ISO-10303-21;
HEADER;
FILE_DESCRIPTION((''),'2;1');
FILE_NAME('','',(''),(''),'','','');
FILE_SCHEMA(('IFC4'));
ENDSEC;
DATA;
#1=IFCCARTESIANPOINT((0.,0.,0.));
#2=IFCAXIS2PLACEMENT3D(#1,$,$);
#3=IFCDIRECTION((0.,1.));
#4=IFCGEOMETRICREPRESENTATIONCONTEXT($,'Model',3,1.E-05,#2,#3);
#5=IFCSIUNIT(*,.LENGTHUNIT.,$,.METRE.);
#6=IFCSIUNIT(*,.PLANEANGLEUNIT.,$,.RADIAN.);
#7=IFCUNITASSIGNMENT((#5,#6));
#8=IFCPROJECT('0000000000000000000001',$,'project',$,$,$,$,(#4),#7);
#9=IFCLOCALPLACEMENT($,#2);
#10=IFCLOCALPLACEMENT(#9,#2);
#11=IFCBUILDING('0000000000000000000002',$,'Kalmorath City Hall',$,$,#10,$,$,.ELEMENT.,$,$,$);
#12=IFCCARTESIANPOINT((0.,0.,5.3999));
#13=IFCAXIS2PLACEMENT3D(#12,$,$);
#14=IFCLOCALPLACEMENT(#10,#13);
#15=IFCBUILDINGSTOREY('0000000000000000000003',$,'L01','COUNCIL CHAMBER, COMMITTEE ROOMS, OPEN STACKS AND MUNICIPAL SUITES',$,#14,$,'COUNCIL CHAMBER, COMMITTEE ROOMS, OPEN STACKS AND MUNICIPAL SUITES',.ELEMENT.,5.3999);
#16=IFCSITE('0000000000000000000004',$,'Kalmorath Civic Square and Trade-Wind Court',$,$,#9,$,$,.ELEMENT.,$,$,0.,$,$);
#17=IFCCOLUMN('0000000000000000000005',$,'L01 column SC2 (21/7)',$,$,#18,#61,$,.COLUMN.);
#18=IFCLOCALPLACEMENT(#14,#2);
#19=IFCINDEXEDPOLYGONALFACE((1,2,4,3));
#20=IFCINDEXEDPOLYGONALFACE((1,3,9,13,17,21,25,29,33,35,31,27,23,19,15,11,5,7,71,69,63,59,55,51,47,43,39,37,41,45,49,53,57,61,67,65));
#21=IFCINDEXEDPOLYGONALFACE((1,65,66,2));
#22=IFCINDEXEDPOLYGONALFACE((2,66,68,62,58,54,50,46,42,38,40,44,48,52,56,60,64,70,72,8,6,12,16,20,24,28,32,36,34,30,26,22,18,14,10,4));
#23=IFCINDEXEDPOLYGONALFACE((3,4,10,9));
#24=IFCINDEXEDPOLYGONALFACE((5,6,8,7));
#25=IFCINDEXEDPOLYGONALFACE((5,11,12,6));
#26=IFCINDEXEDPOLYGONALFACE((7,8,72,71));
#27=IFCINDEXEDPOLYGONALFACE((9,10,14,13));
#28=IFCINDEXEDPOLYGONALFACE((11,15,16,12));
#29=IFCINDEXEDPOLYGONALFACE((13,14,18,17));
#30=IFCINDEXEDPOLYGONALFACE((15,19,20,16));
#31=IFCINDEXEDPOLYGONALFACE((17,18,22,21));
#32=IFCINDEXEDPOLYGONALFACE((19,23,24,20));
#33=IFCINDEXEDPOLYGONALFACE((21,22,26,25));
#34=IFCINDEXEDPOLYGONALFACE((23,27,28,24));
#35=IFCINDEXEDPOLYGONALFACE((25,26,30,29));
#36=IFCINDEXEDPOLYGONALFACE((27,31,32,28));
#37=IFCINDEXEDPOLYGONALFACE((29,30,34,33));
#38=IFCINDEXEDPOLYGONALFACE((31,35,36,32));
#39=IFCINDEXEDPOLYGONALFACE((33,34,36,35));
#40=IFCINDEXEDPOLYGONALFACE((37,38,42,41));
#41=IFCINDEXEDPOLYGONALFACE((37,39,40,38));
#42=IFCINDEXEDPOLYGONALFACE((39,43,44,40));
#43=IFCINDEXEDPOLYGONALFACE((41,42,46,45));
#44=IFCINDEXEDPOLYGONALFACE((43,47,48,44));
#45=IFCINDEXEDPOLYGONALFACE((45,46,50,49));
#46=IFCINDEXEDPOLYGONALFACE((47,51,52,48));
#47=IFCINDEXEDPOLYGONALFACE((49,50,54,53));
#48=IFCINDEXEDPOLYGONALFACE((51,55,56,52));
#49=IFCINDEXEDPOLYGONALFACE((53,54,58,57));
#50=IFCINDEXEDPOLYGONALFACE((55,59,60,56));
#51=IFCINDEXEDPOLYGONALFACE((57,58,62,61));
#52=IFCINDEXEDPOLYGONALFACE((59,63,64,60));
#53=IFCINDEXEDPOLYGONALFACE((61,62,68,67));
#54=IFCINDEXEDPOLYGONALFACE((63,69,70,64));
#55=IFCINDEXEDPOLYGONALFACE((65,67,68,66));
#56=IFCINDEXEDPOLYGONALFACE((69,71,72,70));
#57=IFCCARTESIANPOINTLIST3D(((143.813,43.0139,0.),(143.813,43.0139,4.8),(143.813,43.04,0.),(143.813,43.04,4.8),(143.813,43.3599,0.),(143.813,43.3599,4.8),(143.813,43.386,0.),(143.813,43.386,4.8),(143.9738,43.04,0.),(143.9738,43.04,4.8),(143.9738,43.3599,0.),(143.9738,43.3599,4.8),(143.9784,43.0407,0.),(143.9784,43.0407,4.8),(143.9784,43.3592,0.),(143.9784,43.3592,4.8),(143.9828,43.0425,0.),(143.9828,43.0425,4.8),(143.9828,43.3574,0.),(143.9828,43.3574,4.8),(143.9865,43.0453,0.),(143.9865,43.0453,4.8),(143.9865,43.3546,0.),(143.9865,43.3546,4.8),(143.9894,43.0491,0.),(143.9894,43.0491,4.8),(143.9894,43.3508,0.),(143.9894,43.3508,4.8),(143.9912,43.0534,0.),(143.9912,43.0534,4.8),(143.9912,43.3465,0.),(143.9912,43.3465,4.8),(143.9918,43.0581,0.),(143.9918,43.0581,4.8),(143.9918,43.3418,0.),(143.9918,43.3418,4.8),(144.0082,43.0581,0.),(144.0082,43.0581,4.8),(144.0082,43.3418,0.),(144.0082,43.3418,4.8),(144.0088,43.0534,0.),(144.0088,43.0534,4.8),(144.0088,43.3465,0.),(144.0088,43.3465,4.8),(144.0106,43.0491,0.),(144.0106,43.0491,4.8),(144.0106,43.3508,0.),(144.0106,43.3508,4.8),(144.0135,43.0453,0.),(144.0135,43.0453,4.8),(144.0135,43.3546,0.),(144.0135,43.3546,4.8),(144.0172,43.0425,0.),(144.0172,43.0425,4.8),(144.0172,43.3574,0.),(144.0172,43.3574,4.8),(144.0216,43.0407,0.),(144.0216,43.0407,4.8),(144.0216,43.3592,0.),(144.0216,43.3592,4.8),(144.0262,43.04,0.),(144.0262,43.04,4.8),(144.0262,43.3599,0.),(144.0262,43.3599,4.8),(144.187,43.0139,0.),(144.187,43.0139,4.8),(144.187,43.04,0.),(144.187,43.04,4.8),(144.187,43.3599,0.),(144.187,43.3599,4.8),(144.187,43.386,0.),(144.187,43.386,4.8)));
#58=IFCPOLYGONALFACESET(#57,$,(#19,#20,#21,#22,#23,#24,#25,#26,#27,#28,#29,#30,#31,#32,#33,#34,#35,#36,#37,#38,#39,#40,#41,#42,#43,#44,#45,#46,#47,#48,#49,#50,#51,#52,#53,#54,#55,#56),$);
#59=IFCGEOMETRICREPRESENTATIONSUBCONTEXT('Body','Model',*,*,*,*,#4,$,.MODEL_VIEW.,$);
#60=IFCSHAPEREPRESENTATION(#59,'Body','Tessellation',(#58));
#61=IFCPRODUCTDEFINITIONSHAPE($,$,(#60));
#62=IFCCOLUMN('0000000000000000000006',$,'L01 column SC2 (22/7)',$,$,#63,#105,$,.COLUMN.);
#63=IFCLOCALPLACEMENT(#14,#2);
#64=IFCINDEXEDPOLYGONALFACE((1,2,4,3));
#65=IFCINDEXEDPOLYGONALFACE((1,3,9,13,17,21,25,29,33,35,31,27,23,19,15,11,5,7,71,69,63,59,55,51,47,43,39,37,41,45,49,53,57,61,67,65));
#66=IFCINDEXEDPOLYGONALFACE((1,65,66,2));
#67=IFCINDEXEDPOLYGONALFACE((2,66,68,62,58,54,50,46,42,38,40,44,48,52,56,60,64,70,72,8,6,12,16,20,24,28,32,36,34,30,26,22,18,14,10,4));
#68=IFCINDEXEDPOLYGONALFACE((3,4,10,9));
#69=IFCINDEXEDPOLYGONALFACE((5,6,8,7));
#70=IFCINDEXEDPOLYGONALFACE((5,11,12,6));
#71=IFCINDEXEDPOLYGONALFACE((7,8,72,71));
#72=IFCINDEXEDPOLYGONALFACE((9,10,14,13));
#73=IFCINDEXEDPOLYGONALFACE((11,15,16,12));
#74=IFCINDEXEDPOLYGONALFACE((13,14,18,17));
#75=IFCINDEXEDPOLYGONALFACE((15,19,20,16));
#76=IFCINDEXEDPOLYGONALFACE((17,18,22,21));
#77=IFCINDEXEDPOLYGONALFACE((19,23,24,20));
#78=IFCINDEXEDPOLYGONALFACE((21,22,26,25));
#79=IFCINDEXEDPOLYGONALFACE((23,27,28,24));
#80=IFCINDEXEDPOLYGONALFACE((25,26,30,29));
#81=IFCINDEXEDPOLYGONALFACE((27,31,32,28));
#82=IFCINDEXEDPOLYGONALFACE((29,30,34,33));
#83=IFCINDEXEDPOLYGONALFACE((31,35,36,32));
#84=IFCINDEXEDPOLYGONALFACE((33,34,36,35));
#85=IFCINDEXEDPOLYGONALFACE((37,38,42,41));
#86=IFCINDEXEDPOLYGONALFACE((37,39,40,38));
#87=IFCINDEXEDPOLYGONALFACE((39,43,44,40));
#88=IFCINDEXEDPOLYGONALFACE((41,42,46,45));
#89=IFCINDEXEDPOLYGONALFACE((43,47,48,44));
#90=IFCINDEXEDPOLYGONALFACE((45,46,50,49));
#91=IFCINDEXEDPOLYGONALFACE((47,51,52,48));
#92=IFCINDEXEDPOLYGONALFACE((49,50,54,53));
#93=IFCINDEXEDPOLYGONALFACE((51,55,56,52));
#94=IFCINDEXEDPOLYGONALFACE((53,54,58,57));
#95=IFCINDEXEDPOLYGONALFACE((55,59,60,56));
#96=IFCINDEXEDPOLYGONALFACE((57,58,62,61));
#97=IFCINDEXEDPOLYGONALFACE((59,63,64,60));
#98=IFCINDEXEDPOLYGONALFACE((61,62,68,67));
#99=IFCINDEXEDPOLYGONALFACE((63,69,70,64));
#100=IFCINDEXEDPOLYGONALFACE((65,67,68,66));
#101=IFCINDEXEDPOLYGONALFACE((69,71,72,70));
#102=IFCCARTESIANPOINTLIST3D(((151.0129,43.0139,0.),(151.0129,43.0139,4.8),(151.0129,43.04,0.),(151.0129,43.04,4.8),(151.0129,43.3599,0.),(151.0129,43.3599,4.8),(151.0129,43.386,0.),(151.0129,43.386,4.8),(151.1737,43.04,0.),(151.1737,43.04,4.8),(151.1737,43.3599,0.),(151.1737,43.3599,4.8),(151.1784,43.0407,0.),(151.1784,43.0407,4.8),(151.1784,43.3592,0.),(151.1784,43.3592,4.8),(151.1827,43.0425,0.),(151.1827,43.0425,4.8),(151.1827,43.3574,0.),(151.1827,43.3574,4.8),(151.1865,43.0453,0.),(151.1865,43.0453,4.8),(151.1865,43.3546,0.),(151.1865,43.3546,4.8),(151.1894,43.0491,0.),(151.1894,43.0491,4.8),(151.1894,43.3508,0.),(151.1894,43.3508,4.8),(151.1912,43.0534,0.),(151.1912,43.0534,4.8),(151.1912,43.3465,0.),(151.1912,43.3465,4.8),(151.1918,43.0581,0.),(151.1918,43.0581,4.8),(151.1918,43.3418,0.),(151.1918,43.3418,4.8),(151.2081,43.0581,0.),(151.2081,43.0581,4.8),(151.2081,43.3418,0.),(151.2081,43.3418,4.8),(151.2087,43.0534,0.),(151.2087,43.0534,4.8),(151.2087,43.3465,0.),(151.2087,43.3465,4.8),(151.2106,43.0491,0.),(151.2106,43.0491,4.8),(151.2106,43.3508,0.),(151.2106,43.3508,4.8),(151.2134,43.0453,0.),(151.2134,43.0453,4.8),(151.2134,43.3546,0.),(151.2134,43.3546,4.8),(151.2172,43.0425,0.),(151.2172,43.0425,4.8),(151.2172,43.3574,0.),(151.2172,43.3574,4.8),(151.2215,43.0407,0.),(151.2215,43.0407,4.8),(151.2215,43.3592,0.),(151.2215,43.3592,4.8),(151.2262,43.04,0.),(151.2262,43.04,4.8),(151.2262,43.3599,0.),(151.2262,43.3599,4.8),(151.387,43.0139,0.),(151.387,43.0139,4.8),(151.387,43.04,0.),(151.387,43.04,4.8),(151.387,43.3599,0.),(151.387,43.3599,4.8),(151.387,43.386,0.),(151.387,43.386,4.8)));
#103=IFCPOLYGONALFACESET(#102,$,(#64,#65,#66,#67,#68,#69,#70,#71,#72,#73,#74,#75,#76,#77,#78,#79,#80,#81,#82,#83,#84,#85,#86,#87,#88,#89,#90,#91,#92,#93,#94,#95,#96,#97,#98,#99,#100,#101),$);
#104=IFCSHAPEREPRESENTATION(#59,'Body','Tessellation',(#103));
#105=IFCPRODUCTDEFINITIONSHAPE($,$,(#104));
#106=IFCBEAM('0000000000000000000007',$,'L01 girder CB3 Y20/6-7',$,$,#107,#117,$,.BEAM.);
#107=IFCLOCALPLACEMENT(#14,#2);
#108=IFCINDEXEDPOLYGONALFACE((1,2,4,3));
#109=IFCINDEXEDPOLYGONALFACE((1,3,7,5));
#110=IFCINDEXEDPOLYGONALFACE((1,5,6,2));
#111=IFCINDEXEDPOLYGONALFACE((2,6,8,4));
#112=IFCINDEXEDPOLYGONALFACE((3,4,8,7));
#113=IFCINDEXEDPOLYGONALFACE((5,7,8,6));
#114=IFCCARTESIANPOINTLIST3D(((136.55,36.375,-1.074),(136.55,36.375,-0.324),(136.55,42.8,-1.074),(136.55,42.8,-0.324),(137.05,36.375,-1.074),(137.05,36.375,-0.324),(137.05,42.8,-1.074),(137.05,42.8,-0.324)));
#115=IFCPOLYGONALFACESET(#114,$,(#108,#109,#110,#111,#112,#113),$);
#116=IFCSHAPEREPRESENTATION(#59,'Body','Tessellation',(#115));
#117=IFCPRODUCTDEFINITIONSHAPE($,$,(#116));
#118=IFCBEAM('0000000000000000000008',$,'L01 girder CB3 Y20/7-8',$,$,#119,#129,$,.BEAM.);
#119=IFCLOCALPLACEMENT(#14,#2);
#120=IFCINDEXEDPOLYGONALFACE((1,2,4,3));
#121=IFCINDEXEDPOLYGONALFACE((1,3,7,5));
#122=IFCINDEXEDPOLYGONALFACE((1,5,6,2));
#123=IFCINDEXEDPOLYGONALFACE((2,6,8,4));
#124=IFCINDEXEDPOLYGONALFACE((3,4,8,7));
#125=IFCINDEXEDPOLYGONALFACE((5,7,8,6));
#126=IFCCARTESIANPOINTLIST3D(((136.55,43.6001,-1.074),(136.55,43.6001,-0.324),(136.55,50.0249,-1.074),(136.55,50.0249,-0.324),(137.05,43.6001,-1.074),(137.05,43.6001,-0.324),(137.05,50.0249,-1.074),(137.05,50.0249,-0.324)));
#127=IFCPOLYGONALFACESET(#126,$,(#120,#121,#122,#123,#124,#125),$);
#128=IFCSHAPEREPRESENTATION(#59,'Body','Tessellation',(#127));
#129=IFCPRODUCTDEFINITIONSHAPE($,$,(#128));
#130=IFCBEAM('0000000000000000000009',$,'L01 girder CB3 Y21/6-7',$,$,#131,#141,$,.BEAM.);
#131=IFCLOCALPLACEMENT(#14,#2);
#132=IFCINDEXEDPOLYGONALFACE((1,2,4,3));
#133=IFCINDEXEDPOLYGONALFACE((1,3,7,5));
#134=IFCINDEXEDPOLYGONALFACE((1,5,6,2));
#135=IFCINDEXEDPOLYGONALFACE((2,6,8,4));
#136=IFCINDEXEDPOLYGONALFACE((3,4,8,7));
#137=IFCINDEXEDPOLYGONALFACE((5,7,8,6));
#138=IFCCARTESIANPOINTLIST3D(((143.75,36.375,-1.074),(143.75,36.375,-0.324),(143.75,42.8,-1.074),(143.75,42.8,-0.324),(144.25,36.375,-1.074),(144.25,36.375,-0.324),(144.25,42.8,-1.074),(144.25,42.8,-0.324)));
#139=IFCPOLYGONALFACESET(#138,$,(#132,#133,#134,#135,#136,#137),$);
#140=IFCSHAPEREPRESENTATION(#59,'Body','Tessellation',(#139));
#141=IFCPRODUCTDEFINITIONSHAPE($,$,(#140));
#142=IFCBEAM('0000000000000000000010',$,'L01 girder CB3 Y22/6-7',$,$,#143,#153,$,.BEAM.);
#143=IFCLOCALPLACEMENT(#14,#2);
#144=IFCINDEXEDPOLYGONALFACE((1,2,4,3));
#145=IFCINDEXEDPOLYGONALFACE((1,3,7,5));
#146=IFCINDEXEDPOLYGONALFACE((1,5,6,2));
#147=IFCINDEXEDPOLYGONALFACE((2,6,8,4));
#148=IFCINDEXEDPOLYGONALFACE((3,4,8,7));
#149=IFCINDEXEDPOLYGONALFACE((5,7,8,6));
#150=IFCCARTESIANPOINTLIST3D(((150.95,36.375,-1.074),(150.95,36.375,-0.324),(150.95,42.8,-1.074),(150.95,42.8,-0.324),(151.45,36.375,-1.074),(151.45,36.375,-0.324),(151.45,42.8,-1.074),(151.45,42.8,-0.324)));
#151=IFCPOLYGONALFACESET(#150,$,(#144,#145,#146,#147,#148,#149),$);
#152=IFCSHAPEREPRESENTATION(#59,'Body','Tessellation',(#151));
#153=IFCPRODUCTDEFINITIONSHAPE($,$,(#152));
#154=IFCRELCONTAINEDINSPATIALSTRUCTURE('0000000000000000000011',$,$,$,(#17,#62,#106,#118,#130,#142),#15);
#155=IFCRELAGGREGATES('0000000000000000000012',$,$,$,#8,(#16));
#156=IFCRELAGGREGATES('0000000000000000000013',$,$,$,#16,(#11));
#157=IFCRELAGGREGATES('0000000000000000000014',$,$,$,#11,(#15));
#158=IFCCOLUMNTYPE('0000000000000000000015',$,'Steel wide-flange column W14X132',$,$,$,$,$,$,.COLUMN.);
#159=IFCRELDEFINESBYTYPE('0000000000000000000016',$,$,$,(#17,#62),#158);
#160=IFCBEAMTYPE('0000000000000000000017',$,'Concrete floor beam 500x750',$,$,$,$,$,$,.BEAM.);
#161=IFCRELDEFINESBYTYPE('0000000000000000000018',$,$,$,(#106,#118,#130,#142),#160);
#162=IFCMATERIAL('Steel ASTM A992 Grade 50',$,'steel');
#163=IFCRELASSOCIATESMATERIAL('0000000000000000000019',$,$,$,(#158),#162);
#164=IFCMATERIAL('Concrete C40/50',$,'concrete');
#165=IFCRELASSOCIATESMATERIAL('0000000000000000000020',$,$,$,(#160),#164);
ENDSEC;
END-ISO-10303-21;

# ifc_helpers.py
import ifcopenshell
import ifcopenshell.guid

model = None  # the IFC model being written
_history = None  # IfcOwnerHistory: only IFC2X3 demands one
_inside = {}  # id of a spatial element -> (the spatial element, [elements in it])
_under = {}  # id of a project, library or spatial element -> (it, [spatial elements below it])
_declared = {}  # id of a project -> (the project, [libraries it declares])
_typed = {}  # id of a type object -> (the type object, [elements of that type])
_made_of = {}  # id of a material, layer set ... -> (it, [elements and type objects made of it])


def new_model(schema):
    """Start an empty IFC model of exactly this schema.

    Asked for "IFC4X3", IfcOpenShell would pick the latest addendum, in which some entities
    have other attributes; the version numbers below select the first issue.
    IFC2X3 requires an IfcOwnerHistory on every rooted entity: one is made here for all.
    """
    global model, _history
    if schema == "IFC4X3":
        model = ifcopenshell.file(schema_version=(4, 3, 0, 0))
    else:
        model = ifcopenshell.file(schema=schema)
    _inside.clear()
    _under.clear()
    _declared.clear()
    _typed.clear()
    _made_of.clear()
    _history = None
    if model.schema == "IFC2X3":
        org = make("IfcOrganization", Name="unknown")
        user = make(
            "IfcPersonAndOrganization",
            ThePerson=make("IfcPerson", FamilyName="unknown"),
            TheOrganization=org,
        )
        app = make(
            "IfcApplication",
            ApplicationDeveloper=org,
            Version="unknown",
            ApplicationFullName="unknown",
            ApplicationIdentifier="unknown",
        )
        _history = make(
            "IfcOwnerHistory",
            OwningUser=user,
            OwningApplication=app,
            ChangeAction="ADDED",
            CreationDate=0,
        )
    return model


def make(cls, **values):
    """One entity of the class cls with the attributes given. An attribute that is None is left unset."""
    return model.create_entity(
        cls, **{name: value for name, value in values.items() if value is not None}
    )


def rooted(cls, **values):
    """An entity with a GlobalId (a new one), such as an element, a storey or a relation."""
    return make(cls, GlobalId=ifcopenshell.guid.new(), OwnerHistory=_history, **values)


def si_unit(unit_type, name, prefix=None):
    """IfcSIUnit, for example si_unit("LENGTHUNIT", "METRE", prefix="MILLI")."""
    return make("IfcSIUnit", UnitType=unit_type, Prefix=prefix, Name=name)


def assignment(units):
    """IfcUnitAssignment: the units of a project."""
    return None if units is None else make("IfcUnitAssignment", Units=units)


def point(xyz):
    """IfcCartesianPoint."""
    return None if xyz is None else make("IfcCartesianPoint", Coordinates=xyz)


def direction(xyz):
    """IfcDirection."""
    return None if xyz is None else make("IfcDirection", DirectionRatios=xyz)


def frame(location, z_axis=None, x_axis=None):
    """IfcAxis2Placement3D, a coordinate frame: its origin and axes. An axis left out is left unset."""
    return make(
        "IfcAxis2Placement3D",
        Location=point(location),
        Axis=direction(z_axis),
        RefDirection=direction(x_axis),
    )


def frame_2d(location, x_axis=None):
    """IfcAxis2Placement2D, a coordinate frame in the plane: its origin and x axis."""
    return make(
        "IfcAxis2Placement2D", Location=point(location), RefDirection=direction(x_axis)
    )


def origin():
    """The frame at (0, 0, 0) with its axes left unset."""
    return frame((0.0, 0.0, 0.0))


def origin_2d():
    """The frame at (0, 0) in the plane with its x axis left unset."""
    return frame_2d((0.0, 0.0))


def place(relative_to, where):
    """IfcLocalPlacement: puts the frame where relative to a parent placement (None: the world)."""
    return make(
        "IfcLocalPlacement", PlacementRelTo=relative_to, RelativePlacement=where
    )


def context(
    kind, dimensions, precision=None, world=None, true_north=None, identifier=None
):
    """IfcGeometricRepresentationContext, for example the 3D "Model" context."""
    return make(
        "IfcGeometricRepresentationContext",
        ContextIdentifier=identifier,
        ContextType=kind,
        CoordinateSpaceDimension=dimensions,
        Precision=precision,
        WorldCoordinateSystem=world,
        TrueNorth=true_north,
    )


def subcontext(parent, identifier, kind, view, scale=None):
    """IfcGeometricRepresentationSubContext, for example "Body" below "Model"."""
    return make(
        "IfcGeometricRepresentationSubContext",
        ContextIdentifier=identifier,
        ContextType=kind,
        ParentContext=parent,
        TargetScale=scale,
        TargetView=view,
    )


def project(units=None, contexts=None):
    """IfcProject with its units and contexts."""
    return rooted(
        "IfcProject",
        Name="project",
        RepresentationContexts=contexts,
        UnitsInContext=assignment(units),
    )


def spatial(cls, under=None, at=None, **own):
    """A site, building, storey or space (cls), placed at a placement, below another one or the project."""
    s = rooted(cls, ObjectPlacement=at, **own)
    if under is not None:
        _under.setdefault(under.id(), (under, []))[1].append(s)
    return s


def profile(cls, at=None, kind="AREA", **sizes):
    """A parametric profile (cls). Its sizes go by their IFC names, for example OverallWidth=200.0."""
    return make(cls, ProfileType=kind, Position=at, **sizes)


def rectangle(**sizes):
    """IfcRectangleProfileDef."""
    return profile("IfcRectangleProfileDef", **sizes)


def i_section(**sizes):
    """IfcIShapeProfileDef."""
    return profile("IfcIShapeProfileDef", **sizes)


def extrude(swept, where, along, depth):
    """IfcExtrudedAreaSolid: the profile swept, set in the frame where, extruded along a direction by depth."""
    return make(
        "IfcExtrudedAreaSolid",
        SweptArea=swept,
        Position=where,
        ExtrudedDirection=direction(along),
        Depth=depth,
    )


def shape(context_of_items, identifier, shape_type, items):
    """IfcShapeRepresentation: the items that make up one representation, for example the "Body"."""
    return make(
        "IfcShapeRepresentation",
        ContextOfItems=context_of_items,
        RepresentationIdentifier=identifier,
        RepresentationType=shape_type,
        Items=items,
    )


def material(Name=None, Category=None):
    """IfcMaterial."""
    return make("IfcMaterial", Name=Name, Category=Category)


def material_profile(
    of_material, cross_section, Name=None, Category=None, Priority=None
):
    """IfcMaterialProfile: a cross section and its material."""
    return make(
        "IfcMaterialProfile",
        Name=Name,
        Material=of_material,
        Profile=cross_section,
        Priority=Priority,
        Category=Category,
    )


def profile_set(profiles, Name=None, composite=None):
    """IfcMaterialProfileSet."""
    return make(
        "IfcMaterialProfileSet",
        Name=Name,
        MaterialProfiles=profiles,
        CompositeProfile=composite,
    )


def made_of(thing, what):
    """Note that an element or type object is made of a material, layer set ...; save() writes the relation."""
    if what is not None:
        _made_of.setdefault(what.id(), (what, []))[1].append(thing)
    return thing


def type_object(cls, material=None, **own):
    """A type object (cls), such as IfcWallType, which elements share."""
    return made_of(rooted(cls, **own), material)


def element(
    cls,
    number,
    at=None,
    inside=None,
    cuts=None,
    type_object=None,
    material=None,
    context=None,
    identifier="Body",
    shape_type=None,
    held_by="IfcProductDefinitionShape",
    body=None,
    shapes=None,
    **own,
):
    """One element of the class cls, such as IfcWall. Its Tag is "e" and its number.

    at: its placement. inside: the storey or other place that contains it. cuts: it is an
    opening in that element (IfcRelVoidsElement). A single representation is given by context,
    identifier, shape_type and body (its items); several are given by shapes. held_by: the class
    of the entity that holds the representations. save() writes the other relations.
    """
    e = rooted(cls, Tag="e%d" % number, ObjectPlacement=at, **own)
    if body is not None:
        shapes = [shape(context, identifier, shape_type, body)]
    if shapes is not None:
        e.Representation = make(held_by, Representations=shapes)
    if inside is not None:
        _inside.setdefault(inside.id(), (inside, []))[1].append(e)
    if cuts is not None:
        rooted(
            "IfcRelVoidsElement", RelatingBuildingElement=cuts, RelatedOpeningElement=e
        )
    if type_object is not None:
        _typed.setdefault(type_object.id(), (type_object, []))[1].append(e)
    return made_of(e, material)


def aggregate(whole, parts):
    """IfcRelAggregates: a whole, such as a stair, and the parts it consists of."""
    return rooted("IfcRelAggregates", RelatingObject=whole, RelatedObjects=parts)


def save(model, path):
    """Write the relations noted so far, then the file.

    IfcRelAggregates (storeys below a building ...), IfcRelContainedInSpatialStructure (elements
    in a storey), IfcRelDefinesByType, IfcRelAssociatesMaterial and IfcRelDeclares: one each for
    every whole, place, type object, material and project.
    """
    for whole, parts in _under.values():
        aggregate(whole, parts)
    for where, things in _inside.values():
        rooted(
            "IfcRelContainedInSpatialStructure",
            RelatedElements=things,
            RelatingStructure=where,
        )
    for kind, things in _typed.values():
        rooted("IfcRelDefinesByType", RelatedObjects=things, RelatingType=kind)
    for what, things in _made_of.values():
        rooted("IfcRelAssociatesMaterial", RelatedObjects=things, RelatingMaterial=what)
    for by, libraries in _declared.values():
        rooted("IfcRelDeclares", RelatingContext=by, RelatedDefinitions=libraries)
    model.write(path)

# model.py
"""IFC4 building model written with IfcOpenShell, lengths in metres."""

from ifc_helpers import new_model, si_unit, direction, frame, origin, origin_2d, place, context, subcontext, project, spatial, rectangle, i_section, extrude, material, material_profile, profile_set, type_object, element, save


model = new_model("IFC4")

# Units and contexts
model_context = context("Model", 3, precision=1e-05, world=origin(), true_north=direction((0.0, 1.0)))
body_context = subcontext(model_context, "Body", "Model", "MODEL_VIEW")
ifc_project = project(units=[si_unit("LENGTHUNIT", "METRE"), si_unit("PLANEANGLEUNIT", "RADIAN")], contexts=[model_context])

# Site, building, storey
site_placement = place(None, origin())
site = spatial("IfcSite", under=ifc_project, at=site_placement, Name="Kalmorath Civic Square and Trade-Wind Court", CompositionType="ELEMENT", RefElevation=0.0)
building_placement = place(site_placement, origin())
building = spatial("IfcBuilding", under=site, at=building_placement, Name="Kalmorath City Hall", CompositionType="ELEMENT")
storey_placement = place(building_placement, frame((0.0, 0.0, 5.3999)))
storey = spatial("IfcBuildingStorey", under=building, at=storey_placement, Name="L01", Description="COUNCIL CHAMBER, COMMITTEE ROOMS, OPEN STACKS AND MUNICIPAL SUITES", LongName="COUNCIL CHAMBER, COMMITTEE ROOMS, OPEN STACKS AND MUNICIPAL SUITES", CompositionType="ELEMENT", Elevation=5.3999)

# Columns
ifc_material_1 = material(Name="Steel ASTM A992 Grade 50", Category="steel")
ifc_material_profile_1 = material_profile(ifc_material_1, i_section(OverallWidth=0.374, OverallDepth=0.3721, WebThickness=0.0164, FlangeThickness=0.0261, FilletRadius=0.0181, at=origin_2d()), Name="W14X132")
ifc_profile_set_1 = profile_set([ifc_material_profile_1], Name="Steel ASTM A992 Grade 50")
column_type_1 = type_object("IfcColumnType", Name="Steel wide-flange column W14X132", PredefinedType="COLUMN", material=ifc_profile_set_1)
for number, where, z_axis, x_axis, name in (
    (1, (144.0, 43.2, 0.0), (0.0, 0.0, 1.0), (1.0, 0.0, 0.0), "L01 column SC2 (21/7)"),
    (2, (151.2, 43.2, 0.0), (0.0, 0.0, 1.0), (1.0, 0.0, 0.0), "L01 column SC2 (22/7)"),
):
    element("IfcColumn", number, at=place(storey_placement, frame(where, z_axis=z_axis, x_axis=x_axis)), inside=storey, type_object=column_type_1, Name=name, PredefinedType="COLUMN", context=body_context, shape_type="SweptSolid", body=[
        extrude(i_section(OverallWidth=0.374, OverallDepth=0.3721, WebThickness=0.0164, FlangeThickness=0.0261, FilletRadius=0.0181, at=origin_2d()), origin(), (0.0, 0.0, 1.0), 4.8),
    ])

# Beams
ifc_material_2 = material(Name="Concrete C40/50", Category="concrete")
ifc_material_profile_2 = material_profile(ifc_material_2, rectangle(XDim=0.5, YDim=0.75, at=origin_2d()), Name="RC-BM-500X750")
ifc_profile_set_2 = profile_set([ifc_material_profile_2], Name="Concrete C40/50")
beam_type_1 = type_object("IfcBeamType", Name="Concrete floor beam 500x750", PredefinedType="BEAM", material=ifc_profile_set_2)
beam_1_placement = place(storey_placement, frame((136.8, 36.375, -0.699), z_axis=(0.0, 1.0, 0.0), x_axis=(-1.0, 0.0, 0.0)))
element("IfcBeam", 3, at=beam_1_placement, inside=storey, type_object=beam_type_1, Name="L01 girder CB3 Y20/6-7", PredefinedType="BEAM", context=body_context, shape_type="SweptSolid", body=[
    extrude(rectangle(XDim=0.5, YDim=0.75, at=origin_2d()), origin(), (0.0, 0.0, 1.0), 6.425),
])
beam_2_placement = place(storey_placement, frame((136.8, 43.6001, -0.699), z_axis=(0.0, 1.0, 0.0), x_axis=(-1.0, 0.0, 0.0)))
element("IfcBeam", 4, at=beam_2_placement, inside=storey, type_object=beam_type_1, Name="L01 girder CB3 Y20/7-8", PredefinedType="BEAM", context=body_context, shape_type="SweptSolid", body=[
    extrude(rectangle(XDim=0.5, YDim=0.75, at=origin_2d()), origin(), (0.0, 0.0, 1.0), 6.4248),
])
for number, where, z_axis, x_axis, name in (
    (5, (144.0, 36.375, -0.699), (0.0, 1.0, 0.0), (-1.0, 0.0, 0.0), "L01 girder CB3 Y21/6-7"),
    (6, (151.2, 36.375, -0.699), (0.0, 1.0, 0.0), (-1.0, 0.0, 0.0), "L01 girder CB3 Y22/6-7"),
):
    element("IfcBeam", number, at=place(storey_placement, frame(where, z_axis=z_axis, x_axis=x_axis)), inside=storey, type_object=beam_type_1, Name=name, PredefinedType="BEAM", context=body_context, shape_type="SweptSolid", body=[
        extrude(rectangle(XDim=0.5, YDim=0.75, at=origin_2d()), origin(), (0.0, 0.0, 1.0), 6.425),
    ])

save(model, "model.ifc")
